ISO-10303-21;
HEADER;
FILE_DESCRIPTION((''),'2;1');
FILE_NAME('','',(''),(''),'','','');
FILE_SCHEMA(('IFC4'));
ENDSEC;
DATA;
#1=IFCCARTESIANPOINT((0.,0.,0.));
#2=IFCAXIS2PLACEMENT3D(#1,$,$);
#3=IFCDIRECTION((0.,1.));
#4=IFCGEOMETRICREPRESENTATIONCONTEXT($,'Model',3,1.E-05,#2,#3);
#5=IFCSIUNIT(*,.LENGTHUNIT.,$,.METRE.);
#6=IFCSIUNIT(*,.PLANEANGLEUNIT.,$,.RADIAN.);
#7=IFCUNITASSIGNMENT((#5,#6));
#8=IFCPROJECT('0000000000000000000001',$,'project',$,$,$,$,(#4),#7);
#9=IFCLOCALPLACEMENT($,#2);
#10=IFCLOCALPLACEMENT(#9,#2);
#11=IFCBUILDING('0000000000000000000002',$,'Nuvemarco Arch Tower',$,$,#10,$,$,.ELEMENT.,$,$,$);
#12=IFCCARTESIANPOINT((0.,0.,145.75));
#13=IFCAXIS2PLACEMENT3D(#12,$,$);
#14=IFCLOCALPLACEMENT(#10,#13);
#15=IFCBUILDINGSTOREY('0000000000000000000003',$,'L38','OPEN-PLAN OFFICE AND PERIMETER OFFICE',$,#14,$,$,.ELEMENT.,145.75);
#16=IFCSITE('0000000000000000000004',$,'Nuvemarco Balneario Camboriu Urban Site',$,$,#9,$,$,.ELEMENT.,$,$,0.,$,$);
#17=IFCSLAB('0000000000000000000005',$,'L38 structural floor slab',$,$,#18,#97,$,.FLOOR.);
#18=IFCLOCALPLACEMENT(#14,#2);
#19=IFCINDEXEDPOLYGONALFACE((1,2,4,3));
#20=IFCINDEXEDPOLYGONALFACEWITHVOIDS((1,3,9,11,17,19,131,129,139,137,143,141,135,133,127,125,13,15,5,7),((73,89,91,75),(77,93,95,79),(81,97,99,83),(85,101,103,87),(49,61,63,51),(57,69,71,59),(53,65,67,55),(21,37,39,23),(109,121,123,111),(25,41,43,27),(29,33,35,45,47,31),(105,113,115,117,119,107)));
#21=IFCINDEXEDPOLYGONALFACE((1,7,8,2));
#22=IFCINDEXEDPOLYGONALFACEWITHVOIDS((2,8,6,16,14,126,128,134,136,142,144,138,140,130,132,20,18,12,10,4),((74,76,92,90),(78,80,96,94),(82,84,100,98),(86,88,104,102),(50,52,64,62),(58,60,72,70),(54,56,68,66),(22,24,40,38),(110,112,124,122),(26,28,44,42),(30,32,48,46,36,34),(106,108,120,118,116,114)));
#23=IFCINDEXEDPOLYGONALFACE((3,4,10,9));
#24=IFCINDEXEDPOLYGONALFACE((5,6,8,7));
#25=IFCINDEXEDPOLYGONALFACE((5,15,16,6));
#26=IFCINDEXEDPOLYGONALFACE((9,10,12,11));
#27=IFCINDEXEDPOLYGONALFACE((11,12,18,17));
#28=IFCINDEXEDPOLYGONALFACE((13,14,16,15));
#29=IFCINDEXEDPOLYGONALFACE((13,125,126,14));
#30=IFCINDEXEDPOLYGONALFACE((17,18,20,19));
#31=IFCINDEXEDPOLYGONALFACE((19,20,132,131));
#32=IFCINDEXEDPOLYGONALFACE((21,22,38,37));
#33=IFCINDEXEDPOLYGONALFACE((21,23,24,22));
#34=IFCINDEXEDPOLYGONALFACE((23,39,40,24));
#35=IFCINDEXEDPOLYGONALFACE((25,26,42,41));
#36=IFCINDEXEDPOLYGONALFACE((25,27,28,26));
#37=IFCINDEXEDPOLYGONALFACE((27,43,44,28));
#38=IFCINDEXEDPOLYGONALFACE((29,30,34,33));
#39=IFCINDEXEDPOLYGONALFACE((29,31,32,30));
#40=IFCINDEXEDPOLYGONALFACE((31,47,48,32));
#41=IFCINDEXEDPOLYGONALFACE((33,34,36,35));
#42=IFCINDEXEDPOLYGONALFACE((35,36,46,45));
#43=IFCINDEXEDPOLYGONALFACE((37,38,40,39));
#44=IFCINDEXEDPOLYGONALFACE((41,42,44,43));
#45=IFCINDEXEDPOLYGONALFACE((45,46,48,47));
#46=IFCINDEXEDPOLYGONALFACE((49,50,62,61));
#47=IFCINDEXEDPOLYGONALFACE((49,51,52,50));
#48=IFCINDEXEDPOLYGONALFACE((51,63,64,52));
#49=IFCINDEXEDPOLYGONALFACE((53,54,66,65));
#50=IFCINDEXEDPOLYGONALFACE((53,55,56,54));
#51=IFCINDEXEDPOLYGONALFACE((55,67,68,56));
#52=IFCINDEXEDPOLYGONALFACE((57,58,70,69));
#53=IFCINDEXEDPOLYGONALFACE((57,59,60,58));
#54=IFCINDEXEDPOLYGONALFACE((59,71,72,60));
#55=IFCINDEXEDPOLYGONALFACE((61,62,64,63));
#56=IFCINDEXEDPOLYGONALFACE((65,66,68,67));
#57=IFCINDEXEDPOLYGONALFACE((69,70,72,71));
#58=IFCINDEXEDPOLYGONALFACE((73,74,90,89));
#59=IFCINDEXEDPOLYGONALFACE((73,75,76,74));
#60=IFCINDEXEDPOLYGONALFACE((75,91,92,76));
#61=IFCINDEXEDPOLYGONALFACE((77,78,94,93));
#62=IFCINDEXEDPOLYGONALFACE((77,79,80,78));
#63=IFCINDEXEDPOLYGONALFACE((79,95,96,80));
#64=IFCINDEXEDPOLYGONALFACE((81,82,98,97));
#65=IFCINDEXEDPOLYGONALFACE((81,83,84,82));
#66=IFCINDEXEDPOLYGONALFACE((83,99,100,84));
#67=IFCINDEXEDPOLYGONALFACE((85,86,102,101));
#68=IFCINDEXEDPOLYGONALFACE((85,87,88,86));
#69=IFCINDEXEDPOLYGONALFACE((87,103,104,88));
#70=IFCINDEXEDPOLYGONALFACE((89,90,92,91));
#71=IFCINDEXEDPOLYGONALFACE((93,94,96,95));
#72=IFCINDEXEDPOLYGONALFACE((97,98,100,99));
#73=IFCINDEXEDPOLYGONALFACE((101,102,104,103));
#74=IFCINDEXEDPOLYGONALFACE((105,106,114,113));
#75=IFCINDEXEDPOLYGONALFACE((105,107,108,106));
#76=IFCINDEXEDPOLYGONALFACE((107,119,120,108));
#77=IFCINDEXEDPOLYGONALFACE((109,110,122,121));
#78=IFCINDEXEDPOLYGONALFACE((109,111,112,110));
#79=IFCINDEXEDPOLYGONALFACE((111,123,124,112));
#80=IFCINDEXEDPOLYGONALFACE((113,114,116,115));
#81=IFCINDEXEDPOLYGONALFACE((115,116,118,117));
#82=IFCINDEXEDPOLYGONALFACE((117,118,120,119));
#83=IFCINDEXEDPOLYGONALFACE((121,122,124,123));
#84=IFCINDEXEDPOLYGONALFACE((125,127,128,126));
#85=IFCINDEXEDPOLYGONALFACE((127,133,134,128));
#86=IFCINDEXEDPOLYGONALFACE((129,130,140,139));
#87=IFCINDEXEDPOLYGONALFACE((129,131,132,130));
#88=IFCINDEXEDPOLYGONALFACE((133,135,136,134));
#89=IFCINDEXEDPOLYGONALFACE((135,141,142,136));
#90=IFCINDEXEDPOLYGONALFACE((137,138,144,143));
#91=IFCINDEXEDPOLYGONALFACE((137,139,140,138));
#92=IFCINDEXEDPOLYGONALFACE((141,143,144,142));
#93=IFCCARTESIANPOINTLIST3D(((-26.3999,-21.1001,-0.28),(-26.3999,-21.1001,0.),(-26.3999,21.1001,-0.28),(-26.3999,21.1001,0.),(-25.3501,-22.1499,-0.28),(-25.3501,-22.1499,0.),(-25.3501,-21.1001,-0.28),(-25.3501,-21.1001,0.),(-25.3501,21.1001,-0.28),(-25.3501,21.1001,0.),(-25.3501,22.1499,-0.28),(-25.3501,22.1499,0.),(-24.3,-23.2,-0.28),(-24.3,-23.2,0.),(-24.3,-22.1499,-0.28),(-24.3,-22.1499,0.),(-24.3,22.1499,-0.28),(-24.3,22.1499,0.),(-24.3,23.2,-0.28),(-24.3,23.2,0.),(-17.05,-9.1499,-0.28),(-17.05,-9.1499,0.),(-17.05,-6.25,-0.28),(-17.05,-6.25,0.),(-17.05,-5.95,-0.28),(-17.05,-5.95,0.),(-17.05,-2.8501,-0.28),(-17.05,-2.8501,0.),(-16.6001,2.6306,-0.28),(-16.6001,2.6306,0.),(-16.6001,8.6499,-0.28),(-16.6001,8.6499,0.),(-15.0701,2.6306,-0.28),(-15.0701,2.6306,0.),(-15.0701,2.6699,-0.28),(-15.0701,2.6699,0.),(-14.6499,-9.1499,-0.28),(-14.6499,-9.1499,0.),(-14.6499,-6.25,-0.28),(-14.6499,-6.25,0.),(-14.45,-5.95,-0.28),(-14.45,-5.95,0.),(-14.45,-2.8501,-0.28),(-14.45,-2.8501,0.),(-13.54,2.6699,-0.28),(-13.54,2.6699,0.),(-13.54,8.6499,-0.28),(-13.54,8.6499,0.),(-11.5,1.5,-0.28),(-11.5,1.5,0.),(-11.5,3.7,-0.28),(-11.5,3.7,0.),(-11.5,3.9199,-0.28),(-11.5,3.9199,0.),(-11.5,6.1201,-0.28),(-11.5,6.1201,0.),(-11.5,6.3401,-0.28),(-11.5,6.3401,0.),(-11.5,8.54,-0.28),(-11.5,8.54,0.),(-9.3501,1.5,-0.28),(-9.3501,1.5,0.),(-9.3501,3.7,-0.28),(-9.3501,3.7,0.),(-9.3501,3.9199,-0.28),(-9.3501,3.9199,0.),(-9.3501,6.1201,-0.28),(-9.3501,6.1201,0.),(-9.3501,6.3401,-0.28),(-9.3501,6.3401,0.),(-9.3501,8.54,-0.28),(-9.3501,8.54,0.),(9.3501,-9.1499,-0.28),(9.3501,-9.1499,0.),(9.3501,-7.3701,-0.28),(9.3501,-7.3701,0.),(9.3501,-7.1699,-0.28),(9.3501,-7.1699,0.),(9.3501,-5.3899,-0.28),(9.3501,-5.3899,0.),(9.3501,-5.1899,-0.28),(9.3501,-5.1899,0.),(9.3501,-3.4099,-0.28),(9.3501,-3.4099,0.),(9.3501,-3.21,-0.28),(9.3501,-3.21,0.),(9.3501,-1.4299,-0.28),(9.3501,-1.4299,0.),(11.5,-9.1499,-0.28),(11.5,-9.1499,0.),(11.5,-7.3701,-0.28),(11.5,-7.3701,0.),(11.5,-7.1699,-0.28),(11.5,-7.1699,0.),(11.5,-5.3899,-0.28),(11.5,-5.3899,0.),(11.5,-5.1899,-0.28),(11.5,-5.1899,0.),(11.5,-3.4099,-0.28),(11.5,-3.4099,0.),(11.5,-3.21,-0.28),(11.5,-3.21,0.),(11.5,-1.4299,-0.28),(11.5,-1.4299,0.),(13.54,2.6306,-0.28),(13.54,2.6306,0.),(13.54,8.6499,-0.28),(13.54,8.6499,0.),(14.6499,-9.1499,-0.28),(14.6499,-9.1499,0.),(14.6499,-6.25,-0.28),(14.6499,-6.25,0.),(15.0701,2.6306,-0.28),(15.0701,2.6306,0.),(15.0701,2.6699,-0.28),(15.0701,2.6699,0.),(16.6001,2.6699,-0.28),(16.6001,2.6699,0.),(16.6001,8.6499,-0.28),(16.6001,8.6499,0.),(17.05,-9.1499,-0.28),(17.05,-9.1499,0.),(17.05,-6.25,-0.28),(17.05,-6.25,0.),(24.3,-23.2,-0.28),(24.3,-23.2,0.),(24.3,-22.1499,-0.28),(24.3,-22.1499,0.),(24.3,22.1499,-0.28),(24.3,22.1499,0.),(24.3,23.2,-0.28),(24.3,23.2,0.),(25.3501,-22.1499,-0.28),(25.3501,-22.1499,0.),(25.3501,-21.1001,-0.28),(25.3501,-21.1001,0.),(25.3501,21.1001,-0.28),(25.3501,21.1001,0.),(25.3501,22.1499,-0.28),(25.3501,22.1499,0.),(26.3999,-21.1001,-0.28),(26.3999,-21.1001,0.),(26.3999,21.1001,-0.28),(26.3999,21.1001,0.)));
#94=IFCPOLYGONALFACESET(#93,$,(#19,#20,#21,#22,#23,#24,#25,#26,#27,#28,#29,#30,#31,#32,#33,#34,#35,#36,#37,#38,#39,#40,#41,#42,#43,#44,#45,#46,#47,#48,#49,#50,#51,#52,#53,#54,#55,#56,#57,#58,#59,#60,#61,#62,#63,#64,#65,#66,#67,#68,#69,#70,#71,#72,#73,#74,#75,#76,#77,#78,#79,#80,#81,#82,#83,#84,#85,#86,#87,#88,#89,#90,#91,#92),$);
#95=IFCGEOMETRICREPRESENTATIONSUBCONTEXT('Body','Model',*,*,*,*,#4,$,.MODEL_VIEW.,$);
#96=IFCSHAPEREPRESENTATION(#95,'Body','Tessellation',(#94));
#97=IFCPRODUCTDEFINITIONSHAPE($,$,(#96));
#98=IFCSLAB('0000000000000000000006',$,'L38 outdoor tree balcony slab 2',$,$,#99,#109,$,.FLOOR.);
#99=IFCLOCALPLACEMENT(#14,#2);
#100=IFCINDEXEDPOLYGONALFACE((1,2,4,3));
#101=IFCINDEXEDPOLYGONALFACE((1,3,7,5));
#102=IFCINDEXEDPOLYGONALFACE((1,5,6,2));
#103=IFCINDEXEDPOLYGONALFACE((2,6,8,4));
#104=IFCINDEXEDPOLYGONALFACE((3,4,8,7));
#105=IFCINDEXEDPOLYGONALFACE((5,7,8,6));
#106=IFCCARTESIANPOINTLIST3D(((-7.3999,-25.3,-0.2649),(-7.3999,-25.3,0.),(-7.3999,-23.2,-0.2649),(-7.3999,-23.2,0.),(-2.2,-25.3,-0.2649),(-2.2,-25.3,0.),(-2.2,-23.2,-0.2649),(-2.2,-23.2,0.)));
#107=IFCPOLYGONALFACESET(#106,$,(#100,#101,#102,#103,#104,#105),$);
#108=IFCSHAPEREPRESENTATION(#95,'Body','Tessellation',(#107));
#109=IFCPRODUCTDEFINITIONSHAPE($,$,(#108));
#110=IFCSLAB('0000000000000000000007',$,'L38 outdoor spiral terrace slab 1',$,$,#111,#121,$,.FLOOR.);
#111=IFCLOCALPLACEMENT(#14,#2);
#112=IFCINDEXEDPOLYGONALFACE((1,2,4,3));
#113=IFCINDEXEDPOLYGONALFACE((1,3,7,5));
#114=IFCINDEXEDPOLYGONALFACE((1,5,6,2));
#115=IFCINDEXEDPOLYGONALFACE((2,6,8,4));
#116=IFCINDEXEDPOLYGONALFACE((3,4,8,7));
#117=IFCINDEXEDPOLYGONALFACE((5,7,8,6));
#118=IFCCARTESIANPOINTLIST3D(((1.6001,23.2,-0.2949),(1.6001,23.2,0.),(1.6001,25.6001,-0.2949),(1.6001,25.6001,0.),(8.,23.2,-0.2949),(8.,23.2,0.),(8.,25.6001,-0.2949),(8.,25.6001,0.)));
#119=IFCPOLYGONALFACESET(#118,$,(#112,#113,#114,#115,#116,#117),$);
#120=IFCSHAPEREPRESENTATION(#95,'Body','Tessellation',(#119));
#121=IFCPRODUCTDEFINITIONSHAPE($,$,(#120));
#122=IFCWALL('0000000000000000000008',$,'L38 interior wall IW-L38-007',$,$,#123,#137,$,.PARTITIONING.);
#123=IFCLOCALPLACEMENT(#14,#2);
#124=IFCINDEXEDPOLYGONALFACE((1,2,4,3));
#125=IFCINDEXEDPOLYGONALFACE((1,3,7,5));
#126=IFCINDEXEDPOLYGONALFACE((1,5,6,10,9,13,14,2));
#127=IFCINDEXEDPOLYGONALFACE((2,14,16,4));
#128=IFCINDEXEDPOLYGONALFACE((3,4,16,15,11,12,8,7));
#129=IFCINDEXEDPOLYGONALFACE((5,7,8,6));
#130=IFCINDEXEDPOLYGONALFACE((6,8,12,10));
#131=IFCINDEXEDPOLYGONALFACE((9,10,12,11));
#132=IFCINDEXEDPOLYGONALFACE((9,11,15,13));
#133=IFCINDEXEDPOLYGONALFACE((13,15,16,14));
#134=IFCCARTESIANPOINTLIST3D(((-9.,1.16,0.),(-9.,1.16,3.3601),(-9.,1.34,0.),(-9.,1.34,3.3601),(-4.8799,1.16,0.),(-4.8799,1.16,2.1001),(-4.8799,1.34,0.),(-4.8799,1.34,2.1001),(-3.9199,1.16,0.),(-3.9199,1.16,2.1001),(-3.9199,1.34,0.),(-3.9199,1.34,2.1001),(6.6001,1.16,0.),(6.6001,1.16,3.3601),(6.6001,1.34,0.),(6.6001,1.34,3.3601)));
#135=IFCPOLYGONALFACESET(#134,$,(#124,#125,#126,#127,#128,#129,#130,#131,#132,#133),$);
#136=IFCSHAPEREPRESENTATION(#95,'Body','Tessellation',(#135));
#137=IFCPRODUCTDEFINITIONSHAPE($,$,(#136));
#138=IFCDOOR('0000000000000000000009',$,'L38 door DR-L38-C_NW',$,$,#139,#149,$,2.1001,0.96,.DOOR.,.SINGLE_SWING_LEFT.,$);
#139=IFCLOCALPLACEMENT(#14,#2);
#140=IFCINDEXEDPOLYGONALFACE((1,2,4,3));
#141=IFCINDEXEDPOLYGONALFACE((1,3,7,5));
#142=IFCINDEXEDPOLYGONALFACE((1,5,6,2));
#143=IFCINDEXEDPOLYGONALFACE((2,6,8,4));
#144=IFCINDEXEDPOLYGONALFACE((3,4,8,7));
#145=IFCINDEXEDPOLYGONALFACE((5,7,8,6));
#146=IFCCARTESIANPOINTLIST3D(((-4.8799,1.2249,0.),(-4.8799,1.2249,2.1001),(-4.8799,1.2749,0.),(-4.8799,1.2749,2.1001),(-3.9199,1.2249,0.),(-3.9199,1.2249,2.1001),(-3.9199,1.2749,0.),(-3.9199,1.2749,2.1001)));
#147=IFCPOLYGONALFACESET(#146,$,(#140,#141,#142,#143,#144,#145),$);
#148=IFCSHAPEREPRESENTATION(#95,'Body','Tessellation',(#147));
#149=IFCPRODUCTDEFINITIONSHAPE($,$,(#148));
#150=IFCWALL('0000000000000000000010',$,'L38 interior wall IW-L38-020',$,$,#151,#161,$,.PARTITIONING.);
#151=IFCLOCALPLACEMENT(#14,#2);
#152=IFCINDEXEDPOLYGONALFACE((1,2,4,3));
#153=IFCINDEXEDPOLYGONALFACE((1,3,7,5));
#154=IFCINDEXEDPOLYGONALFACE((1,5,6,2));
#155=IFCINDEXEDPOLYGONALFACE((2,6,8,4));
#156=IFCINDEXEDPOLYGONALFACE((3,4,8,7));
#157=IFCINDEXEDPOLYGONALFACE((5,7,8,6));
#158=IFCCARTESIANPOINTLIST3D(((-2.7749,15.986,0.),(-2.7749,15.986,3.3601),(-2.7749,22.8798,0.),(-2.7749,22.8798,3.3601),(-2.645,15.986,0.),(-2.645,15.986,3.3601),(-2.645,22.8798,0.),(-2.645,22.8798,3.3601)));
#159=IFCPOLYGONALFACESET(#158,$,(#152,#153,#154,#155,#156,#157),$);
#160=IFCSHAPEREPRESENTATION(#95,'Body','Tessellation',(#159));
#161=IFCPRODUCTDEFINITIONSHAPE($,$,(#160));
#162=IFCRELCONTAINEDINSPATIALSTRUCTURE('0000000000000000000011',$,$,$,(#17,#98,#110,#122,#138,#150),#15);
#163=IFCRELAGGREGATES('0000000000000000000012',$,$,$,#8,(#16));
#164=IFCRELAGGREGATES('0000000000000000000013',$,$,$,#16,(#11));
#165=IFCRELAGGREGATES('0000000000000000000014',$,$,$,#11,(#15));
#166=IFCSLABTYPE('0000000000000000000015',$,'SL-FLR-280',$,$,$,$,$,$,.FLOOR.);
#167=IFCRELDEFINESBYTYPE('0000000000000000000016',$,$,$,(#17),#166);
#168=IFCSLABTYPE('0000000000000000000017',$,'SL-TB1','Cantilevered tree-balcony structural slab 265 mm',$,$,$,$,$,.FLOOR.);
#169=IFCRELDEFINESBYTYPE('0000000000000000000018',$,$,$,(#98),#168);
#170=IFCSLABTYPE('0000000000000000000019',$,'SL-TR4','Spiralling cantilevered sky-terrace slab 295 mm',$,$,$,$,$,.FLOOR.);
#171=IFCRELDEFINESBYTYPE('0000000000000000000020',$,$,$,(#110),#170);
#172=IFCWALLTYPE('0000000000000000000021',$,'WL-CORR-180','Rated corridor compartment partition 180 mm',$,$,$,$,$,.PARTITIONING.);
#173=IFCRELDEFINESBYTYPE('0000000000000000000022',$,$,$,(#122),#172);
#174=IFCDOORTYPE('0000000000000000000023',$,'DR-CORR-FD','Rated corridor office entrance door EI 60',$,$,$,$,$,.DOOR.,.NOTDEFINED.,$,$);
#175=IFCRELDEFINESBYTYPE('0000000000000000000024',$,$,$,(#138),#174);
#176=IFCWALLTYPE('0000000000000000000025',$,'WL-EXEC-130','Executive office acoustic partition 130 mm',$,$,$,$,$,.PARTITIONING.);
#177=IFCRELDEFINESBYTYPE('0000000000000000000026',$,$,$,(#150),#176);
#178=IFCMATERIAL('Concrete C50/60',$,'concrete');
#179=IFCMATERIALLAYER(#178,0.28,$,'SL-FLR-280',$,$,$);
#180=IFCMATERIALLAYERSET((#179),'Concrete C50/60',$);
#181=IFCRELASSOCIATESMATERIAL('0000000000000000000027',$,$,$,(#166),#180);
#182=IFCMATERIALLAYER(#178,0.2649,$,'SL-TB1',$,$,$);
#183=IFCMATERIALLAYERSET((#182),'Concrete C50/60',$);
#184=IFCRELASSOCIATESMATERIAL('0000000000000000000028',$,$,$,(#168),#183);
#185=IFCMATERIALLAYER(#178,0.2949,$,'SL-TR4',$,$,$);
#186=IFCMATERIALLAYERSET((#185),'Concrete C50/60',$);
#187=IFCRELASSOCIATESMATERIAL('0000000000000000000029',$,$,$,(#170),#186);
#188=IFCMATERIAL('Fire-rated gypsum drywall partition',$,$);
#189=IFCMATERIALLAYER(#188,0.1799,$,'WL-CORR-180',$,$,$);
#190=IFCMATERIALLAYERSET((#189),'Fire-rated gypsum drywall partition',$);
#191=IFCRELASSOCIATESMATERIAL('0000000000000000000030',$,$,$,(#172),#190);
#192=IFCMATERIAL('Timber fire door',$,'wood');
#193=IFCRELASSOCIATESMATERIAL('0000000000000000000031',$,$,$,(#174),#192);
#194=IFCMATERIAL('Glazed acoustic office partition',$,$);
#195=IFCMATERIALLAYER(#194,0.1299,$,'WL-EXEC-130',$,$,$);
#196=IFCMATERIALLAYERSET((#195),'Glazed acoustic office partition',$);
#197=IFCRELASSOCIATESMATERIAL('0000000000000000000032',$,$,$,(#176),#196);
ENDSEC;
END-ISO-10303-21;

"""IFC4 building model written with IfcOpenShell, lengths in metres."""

from ifc_helpers import new_model, si_unit, direction, frame, frame_2d, origin, place, context, subcontext, project, spatial, polyline, rectangle, outline, extrude, source, transform, mapped, material, layer, layer_set, type_object, type_shapes, element, fill, save


model = new_model("IFC4")

# Units and contexts
model_context = context("Model", 3, precision=1e-05, world=origin(), true_north=direction((0.0, 1.0)))
body_context = subcontext(model_context, "Body", "Model", "MODEL_VIEW")
ifc_project = project(units=[si_unit("LENGTHUNIT", "METRE"), si_unit("PLANEANGLEUNIT", "RADIAN")], contexts=[model_context])

# Site, building, storey
site_placement = place(None, origin())
site = spatial("IfcSite", under=ifc_project, at=site_placement, Name="Nuvemarco Balneario Camboriu Urban Site", CompositionType="ELEMENT", RefElevation=0.0)
building_placement = place(site_placement, origin())
building = spatial("IfcBuilding", under=site, at=building_placement, Name="Nuvemarco Arch Tower", CompositionType="ELEMENT")
storey_placement = place(building_placement, frame((0.0, 0.0, 145.75)))
storey = spatial("IfcBuildingStorey", under=building, at=storey_placement, Name="L38", Description="OPEN-PLAN OFFICE AND PERIMETER OFFICE", CompositionType="ELEMENT", Elevation=145.75)

# Shared definitions
ifc_material_1 = material(Name="Concrete C50/60", Category="concrete")

# Slabs
ifc_layer_1 = layer(ifc_material_1, 0.28, Name="SL-FLR-280")
ifc_layer_set_1 = layer_set([ifc_layer_1], Name="Concrete C50/60")
slab_type_1 = type_object("IfcSlabType", Name="SL-FLR-280", PredefinedType="FLOOR", material=ifc_layer_set_1)
slab_1_placement = place(storey_placement, frame((0.0, 0.0, -0.28)))
element("IfcSlab", 1, at=slab_1_placement, inside=storey, type_object=slab_type_1, Name="L38 structural floor slab", PredefinedType="FLOOR", context=body_context, shape_type="SweptSolid", body=[
    extrude(outline(polyline([(-24.3, -23.2), (24.3, -23.2), (24.3, -22.1499), (25.3501, -22.1499), (25.3501, -21.1001), (26.3999, -21.1001), (26.3999, 21.1001), (25.3501, 21.1001), (25.3501, 22.1499), (24.3, 22.1499), (24.3, 23.2), (-24.3, 23.2), (-24.3, 22.1499), (-25.3501, 22.1499), (-25.3501, 21.1001), (-26.3999, 21.1001), (-26.3999, -21.1001), (-25.3501, -21.1001), (-25.3501, -22.1499), (-24.3, -22.1499), (-24.3, -23.2)]), holes=[polyline([(-13.54, 2.6699), (-13.54, 8.6499), (-16.6001, 8.6499), (-16.6001, 2.6306), (-15.0701, 2.6306), (-15.0701, 2.6699), (-13.54, 2.6699)]), polyline([(16.6001, 2.6699), (16.6001, 8.6499), (13.54, 8.6499), (13.54, 2.6306), (15.0701, 2.6306), (15.0701, 2.6699), (16.6001, 2.6699)]), polyline([(-17.05, -9.1499), (-14.6499, -9.1499), (-14.6499, -6.25), (-17.05, -6.25), (-17.05, -9.1499)]), polyline([(-17.05, -5.95), (-14.45, -5.95), (-14.45, -2.8501), (-17.05, -2.8501), (-17.05, -5.95)]), polyline([(-11.5, 1.5), (-9.3501, 1.5), (-9.3501, 3.7), (-11.5, 3.7), (-11.5, 1.5)]), polyline([(-11.5, 3.9199), (-9.3501, 3.9199), (-9.3501, 6.1201), (-11.5, 6.1201), (-11.5, 3.9199)]), polyline([(-11.5, 6.3401), (-9.3501, 6.3401), (-9.3501, 8.54), (-11.5, 8.54), (-11.5, 6.3401)]), polyline([(14.6499, -9.1499), (17.05, -9.1499), (17.05, -6.25), (14.6499, -6.25), (14.6499, -9.1499)]), polyline([(9.3501, -9.1499), (11.5, -9.1499), (11.5, -7.3701), (9.3501, -7.3701), (9.3501, -9.1499)]), polyline([(9.3501, -7.1699), (11.5, -7.1699), (11.5, -5.3899), (9.3501, -5.3899), (9.3501, -7.1699)]), polyline([(9.3501, -5.1899), (11.5, -5.1899), (11.5, -3.4099), (9.3501, -3.4099), (9.3501, -5.1899)]), polyline([(9.3501, -3.21), (11.5, -3.21), (11.5, -1.4299), (9.3501, -1.4299), (9.3501, -3.21)])]), origin(), (0.0, 0.0, 1.0), 0.28),
])
ifc_layer_2 = layer(ifc_material_1, 0.2649, Name="SL-TB1")
ifc_layer_set_2 = layer_set([ifc_layer_2], Name="Concrete C50/60")
slab_type_2 = type_object("IfcSlabType", Name="SL-TB1", Description="Cantilevered tree-balcony structural slab 265 mm", PredefinedType="FLOOR", material=ifc_layer_set_2)
slab_2_placement = place(storey_placement, frame((0.0, 0.0, -0.2649)))
element("IfcSlab", 2, at=slab_2_placement, inside=storey, type_object=slab_type_2, Name="L38 outdoor tree balcony slab 2", PredefinedType="FLOOR", context=body_context, shape_type="SweptSolid", body=[
    extrude(outline(polyline([(-7.3999, -25.3), (-2.2, -25.3), (-2.2, -23.2), (-7.3999, -23.2), (-7.3999, -25.3)])), origin(), (0.0, 0.0, 1.0), 0.2649),
])
ifc_layer_3 = layer(ifc_material_1, 0.2949, Name="SL-TR4")
ifc_layer_set_3 = layer_set([ifc_layer_3], Name="Concrete C50/60")
slab_type_3 = type_object("IfcSlabType", Name="SL-TR4", Description="Spiralling cantilevered sky-terrace slab 295 mm", PredefinedType="FLOOR", material=ifc_layer_set_3)
slab_3_placement = place(storey_placement, frame((0.0, 0.0, -0.2949)))
element("IfcSlab", 3, at=slab_3_placement, inside=storey, type_object=slab_type_3, Name="L38 outdoor spiral terrace slab 1", PredefinedType="FLOOR", context=body_context, shape_type="SweptSolid", body=[
    extrude(outline(polyline([(1.6001, 23.2), (8.0, 23.2), (8.0, 25.6001), (1.6001, 25.6001), (1.6001, 23.2)])), origin(), (0.0, 0.0, 1.0), 0.2949),
])

# Wall, opening, door
ifc_material_2 = material(Name="Fire-rated gypsum drywall partition")
ifc_layer_4 = layer(ifc_material_2, 0.1799, Name="WL-CORR-180")
ifc_layer_set_4 = layer_set([ifc_layer_4], Name="Fire-rated gypsum drywall partition")
wall_type_1 = type_object("IfcWallType", Name="WL-CORR-180", Description="Rated corridor compartment partition 180 mm", PredefinedType="PARTITIONING", material=ifc_layer_set_4)
wall_1_placement = place(storey_placement, frame((-9.0, 1.25, 0.0), z_axis=(0.0, 0.0, 1.0), x_axis=(1.0, 0.0, 0.0)))
wall_1 = element("IfcWall", 4, at=wall_1_placement, inside=storey, type_object=wall_type_1, Name="L38 interior wall IW-L38-007", PredefinedType="PARTITIONING", context=body_context, shape_type="SweptSolid", body=[
    extrude(rectangle(XDim=15.6001, YDim=0.1799, at=frame_2d((7.8, 0.0))), origin(), (0.0, 0.0, 1.0), 3.3601),
])
opening_1_placement = place(wall_1_placement, frame((4.1201, 0.0, 0.0)))
opening_1 = element("IfcOpeningElement", 5, at=opening_1_placement, cuts=wall_1, PredefinedType="OPENING", context=body_context, shape_type="SweptSolid", body=[
    extrude(rectangle(XDim=0.96, YDim=2.1001, at=frame_2d((0.48, 1.05))), frame((0.0, 0.0999, 0.0), z_axis=(0.0, -1.0, 0.0), x_axis=(1.0, 0.0, 0.0)), (0.0, 0.0, 1.0), 0.2),
])
ifc_material_3 = material(Name="Timber fire door", Category="wood")
door_type_1 = type_object("IfcDoorType", Name="DR-CORR-FD", Description="Rated corridor office entrance door EI 60", OperationType="NOTDEFINED", PredefinedType="DOOR", material=ifc_material_3)
shared_shape_1 = source(origin(), body_context, "Body", "SweptSolid", [
    extrude(rectangle(XDim=0.96, YDim=2.1001, at=frame_2d((0.48, 1.05))), frame((0.0, 0.0249, 0.0), z_axis=(0.0, -1.0, 0.0), x_axis=(1.0, 0.0, 0.0)), (0.0, 0.0, 1.0), 0.05),
])
type_shapes(door_type_1, [shared_shape_1])
door_1_placement = place(opening_1_placement, origin())
door_1 = element("IfcDoor", 6, at=door_1_placement, inside=storey, type_object=door_type_1, Name="L38 door DR-L38-C_NW", OperationType="SINGLE_SWING_LEFT", OverallHeight=2.1001, OverallWidth=0.96, PredefinedType="DOOR", context=body_context, shape_type="MappedRepresentation", body=[
    mapped(shared_shape_1, transform((0.0, 0.0, 0.0), scale=1.0)),
])
fill(opening_1, door_1)

# Wall
ifc_material_4 = material(Name="Glazed acoustic office partition")
ifc_layer_5 = layer(ifc_material_4, 0.1299, Name="WL-EXEC-130")
ifc_layer_set_5 = layer_set([ifc_layer_5], Name="Glazed acoustic office partition")
wall_type_2 = type_object("IfcWallType", Name="WL-EXEC-130", Description="Executive office acoustic partition 130 mm", PredefinedType="PARTITIONING", material=ifc_layer_set_5)
wall_2_placement = place(storey_placement, frame((-2.71, 15.9861, 0.0), z_axis=(0.0, 0.0, 1.0), x_axis=(0.0, 1.0, 0.0)))
element("IfcWall", 7, at=wall_2_placement, inside=storey, type_object=wall_type_2, Name="L38 interior wall IW-L38-020", PredefinedType="PARTITIONING", context=body_context, shape_type="SweptSolid", body=[
    extrude(rectangle(XDim=6.8938, YDim=0.1299, at=frame_2d((3.4468, 0.0))), origin(), (0.0, 0.0, 1.0), 3.3601),
])

save(model, "model.ifc")
